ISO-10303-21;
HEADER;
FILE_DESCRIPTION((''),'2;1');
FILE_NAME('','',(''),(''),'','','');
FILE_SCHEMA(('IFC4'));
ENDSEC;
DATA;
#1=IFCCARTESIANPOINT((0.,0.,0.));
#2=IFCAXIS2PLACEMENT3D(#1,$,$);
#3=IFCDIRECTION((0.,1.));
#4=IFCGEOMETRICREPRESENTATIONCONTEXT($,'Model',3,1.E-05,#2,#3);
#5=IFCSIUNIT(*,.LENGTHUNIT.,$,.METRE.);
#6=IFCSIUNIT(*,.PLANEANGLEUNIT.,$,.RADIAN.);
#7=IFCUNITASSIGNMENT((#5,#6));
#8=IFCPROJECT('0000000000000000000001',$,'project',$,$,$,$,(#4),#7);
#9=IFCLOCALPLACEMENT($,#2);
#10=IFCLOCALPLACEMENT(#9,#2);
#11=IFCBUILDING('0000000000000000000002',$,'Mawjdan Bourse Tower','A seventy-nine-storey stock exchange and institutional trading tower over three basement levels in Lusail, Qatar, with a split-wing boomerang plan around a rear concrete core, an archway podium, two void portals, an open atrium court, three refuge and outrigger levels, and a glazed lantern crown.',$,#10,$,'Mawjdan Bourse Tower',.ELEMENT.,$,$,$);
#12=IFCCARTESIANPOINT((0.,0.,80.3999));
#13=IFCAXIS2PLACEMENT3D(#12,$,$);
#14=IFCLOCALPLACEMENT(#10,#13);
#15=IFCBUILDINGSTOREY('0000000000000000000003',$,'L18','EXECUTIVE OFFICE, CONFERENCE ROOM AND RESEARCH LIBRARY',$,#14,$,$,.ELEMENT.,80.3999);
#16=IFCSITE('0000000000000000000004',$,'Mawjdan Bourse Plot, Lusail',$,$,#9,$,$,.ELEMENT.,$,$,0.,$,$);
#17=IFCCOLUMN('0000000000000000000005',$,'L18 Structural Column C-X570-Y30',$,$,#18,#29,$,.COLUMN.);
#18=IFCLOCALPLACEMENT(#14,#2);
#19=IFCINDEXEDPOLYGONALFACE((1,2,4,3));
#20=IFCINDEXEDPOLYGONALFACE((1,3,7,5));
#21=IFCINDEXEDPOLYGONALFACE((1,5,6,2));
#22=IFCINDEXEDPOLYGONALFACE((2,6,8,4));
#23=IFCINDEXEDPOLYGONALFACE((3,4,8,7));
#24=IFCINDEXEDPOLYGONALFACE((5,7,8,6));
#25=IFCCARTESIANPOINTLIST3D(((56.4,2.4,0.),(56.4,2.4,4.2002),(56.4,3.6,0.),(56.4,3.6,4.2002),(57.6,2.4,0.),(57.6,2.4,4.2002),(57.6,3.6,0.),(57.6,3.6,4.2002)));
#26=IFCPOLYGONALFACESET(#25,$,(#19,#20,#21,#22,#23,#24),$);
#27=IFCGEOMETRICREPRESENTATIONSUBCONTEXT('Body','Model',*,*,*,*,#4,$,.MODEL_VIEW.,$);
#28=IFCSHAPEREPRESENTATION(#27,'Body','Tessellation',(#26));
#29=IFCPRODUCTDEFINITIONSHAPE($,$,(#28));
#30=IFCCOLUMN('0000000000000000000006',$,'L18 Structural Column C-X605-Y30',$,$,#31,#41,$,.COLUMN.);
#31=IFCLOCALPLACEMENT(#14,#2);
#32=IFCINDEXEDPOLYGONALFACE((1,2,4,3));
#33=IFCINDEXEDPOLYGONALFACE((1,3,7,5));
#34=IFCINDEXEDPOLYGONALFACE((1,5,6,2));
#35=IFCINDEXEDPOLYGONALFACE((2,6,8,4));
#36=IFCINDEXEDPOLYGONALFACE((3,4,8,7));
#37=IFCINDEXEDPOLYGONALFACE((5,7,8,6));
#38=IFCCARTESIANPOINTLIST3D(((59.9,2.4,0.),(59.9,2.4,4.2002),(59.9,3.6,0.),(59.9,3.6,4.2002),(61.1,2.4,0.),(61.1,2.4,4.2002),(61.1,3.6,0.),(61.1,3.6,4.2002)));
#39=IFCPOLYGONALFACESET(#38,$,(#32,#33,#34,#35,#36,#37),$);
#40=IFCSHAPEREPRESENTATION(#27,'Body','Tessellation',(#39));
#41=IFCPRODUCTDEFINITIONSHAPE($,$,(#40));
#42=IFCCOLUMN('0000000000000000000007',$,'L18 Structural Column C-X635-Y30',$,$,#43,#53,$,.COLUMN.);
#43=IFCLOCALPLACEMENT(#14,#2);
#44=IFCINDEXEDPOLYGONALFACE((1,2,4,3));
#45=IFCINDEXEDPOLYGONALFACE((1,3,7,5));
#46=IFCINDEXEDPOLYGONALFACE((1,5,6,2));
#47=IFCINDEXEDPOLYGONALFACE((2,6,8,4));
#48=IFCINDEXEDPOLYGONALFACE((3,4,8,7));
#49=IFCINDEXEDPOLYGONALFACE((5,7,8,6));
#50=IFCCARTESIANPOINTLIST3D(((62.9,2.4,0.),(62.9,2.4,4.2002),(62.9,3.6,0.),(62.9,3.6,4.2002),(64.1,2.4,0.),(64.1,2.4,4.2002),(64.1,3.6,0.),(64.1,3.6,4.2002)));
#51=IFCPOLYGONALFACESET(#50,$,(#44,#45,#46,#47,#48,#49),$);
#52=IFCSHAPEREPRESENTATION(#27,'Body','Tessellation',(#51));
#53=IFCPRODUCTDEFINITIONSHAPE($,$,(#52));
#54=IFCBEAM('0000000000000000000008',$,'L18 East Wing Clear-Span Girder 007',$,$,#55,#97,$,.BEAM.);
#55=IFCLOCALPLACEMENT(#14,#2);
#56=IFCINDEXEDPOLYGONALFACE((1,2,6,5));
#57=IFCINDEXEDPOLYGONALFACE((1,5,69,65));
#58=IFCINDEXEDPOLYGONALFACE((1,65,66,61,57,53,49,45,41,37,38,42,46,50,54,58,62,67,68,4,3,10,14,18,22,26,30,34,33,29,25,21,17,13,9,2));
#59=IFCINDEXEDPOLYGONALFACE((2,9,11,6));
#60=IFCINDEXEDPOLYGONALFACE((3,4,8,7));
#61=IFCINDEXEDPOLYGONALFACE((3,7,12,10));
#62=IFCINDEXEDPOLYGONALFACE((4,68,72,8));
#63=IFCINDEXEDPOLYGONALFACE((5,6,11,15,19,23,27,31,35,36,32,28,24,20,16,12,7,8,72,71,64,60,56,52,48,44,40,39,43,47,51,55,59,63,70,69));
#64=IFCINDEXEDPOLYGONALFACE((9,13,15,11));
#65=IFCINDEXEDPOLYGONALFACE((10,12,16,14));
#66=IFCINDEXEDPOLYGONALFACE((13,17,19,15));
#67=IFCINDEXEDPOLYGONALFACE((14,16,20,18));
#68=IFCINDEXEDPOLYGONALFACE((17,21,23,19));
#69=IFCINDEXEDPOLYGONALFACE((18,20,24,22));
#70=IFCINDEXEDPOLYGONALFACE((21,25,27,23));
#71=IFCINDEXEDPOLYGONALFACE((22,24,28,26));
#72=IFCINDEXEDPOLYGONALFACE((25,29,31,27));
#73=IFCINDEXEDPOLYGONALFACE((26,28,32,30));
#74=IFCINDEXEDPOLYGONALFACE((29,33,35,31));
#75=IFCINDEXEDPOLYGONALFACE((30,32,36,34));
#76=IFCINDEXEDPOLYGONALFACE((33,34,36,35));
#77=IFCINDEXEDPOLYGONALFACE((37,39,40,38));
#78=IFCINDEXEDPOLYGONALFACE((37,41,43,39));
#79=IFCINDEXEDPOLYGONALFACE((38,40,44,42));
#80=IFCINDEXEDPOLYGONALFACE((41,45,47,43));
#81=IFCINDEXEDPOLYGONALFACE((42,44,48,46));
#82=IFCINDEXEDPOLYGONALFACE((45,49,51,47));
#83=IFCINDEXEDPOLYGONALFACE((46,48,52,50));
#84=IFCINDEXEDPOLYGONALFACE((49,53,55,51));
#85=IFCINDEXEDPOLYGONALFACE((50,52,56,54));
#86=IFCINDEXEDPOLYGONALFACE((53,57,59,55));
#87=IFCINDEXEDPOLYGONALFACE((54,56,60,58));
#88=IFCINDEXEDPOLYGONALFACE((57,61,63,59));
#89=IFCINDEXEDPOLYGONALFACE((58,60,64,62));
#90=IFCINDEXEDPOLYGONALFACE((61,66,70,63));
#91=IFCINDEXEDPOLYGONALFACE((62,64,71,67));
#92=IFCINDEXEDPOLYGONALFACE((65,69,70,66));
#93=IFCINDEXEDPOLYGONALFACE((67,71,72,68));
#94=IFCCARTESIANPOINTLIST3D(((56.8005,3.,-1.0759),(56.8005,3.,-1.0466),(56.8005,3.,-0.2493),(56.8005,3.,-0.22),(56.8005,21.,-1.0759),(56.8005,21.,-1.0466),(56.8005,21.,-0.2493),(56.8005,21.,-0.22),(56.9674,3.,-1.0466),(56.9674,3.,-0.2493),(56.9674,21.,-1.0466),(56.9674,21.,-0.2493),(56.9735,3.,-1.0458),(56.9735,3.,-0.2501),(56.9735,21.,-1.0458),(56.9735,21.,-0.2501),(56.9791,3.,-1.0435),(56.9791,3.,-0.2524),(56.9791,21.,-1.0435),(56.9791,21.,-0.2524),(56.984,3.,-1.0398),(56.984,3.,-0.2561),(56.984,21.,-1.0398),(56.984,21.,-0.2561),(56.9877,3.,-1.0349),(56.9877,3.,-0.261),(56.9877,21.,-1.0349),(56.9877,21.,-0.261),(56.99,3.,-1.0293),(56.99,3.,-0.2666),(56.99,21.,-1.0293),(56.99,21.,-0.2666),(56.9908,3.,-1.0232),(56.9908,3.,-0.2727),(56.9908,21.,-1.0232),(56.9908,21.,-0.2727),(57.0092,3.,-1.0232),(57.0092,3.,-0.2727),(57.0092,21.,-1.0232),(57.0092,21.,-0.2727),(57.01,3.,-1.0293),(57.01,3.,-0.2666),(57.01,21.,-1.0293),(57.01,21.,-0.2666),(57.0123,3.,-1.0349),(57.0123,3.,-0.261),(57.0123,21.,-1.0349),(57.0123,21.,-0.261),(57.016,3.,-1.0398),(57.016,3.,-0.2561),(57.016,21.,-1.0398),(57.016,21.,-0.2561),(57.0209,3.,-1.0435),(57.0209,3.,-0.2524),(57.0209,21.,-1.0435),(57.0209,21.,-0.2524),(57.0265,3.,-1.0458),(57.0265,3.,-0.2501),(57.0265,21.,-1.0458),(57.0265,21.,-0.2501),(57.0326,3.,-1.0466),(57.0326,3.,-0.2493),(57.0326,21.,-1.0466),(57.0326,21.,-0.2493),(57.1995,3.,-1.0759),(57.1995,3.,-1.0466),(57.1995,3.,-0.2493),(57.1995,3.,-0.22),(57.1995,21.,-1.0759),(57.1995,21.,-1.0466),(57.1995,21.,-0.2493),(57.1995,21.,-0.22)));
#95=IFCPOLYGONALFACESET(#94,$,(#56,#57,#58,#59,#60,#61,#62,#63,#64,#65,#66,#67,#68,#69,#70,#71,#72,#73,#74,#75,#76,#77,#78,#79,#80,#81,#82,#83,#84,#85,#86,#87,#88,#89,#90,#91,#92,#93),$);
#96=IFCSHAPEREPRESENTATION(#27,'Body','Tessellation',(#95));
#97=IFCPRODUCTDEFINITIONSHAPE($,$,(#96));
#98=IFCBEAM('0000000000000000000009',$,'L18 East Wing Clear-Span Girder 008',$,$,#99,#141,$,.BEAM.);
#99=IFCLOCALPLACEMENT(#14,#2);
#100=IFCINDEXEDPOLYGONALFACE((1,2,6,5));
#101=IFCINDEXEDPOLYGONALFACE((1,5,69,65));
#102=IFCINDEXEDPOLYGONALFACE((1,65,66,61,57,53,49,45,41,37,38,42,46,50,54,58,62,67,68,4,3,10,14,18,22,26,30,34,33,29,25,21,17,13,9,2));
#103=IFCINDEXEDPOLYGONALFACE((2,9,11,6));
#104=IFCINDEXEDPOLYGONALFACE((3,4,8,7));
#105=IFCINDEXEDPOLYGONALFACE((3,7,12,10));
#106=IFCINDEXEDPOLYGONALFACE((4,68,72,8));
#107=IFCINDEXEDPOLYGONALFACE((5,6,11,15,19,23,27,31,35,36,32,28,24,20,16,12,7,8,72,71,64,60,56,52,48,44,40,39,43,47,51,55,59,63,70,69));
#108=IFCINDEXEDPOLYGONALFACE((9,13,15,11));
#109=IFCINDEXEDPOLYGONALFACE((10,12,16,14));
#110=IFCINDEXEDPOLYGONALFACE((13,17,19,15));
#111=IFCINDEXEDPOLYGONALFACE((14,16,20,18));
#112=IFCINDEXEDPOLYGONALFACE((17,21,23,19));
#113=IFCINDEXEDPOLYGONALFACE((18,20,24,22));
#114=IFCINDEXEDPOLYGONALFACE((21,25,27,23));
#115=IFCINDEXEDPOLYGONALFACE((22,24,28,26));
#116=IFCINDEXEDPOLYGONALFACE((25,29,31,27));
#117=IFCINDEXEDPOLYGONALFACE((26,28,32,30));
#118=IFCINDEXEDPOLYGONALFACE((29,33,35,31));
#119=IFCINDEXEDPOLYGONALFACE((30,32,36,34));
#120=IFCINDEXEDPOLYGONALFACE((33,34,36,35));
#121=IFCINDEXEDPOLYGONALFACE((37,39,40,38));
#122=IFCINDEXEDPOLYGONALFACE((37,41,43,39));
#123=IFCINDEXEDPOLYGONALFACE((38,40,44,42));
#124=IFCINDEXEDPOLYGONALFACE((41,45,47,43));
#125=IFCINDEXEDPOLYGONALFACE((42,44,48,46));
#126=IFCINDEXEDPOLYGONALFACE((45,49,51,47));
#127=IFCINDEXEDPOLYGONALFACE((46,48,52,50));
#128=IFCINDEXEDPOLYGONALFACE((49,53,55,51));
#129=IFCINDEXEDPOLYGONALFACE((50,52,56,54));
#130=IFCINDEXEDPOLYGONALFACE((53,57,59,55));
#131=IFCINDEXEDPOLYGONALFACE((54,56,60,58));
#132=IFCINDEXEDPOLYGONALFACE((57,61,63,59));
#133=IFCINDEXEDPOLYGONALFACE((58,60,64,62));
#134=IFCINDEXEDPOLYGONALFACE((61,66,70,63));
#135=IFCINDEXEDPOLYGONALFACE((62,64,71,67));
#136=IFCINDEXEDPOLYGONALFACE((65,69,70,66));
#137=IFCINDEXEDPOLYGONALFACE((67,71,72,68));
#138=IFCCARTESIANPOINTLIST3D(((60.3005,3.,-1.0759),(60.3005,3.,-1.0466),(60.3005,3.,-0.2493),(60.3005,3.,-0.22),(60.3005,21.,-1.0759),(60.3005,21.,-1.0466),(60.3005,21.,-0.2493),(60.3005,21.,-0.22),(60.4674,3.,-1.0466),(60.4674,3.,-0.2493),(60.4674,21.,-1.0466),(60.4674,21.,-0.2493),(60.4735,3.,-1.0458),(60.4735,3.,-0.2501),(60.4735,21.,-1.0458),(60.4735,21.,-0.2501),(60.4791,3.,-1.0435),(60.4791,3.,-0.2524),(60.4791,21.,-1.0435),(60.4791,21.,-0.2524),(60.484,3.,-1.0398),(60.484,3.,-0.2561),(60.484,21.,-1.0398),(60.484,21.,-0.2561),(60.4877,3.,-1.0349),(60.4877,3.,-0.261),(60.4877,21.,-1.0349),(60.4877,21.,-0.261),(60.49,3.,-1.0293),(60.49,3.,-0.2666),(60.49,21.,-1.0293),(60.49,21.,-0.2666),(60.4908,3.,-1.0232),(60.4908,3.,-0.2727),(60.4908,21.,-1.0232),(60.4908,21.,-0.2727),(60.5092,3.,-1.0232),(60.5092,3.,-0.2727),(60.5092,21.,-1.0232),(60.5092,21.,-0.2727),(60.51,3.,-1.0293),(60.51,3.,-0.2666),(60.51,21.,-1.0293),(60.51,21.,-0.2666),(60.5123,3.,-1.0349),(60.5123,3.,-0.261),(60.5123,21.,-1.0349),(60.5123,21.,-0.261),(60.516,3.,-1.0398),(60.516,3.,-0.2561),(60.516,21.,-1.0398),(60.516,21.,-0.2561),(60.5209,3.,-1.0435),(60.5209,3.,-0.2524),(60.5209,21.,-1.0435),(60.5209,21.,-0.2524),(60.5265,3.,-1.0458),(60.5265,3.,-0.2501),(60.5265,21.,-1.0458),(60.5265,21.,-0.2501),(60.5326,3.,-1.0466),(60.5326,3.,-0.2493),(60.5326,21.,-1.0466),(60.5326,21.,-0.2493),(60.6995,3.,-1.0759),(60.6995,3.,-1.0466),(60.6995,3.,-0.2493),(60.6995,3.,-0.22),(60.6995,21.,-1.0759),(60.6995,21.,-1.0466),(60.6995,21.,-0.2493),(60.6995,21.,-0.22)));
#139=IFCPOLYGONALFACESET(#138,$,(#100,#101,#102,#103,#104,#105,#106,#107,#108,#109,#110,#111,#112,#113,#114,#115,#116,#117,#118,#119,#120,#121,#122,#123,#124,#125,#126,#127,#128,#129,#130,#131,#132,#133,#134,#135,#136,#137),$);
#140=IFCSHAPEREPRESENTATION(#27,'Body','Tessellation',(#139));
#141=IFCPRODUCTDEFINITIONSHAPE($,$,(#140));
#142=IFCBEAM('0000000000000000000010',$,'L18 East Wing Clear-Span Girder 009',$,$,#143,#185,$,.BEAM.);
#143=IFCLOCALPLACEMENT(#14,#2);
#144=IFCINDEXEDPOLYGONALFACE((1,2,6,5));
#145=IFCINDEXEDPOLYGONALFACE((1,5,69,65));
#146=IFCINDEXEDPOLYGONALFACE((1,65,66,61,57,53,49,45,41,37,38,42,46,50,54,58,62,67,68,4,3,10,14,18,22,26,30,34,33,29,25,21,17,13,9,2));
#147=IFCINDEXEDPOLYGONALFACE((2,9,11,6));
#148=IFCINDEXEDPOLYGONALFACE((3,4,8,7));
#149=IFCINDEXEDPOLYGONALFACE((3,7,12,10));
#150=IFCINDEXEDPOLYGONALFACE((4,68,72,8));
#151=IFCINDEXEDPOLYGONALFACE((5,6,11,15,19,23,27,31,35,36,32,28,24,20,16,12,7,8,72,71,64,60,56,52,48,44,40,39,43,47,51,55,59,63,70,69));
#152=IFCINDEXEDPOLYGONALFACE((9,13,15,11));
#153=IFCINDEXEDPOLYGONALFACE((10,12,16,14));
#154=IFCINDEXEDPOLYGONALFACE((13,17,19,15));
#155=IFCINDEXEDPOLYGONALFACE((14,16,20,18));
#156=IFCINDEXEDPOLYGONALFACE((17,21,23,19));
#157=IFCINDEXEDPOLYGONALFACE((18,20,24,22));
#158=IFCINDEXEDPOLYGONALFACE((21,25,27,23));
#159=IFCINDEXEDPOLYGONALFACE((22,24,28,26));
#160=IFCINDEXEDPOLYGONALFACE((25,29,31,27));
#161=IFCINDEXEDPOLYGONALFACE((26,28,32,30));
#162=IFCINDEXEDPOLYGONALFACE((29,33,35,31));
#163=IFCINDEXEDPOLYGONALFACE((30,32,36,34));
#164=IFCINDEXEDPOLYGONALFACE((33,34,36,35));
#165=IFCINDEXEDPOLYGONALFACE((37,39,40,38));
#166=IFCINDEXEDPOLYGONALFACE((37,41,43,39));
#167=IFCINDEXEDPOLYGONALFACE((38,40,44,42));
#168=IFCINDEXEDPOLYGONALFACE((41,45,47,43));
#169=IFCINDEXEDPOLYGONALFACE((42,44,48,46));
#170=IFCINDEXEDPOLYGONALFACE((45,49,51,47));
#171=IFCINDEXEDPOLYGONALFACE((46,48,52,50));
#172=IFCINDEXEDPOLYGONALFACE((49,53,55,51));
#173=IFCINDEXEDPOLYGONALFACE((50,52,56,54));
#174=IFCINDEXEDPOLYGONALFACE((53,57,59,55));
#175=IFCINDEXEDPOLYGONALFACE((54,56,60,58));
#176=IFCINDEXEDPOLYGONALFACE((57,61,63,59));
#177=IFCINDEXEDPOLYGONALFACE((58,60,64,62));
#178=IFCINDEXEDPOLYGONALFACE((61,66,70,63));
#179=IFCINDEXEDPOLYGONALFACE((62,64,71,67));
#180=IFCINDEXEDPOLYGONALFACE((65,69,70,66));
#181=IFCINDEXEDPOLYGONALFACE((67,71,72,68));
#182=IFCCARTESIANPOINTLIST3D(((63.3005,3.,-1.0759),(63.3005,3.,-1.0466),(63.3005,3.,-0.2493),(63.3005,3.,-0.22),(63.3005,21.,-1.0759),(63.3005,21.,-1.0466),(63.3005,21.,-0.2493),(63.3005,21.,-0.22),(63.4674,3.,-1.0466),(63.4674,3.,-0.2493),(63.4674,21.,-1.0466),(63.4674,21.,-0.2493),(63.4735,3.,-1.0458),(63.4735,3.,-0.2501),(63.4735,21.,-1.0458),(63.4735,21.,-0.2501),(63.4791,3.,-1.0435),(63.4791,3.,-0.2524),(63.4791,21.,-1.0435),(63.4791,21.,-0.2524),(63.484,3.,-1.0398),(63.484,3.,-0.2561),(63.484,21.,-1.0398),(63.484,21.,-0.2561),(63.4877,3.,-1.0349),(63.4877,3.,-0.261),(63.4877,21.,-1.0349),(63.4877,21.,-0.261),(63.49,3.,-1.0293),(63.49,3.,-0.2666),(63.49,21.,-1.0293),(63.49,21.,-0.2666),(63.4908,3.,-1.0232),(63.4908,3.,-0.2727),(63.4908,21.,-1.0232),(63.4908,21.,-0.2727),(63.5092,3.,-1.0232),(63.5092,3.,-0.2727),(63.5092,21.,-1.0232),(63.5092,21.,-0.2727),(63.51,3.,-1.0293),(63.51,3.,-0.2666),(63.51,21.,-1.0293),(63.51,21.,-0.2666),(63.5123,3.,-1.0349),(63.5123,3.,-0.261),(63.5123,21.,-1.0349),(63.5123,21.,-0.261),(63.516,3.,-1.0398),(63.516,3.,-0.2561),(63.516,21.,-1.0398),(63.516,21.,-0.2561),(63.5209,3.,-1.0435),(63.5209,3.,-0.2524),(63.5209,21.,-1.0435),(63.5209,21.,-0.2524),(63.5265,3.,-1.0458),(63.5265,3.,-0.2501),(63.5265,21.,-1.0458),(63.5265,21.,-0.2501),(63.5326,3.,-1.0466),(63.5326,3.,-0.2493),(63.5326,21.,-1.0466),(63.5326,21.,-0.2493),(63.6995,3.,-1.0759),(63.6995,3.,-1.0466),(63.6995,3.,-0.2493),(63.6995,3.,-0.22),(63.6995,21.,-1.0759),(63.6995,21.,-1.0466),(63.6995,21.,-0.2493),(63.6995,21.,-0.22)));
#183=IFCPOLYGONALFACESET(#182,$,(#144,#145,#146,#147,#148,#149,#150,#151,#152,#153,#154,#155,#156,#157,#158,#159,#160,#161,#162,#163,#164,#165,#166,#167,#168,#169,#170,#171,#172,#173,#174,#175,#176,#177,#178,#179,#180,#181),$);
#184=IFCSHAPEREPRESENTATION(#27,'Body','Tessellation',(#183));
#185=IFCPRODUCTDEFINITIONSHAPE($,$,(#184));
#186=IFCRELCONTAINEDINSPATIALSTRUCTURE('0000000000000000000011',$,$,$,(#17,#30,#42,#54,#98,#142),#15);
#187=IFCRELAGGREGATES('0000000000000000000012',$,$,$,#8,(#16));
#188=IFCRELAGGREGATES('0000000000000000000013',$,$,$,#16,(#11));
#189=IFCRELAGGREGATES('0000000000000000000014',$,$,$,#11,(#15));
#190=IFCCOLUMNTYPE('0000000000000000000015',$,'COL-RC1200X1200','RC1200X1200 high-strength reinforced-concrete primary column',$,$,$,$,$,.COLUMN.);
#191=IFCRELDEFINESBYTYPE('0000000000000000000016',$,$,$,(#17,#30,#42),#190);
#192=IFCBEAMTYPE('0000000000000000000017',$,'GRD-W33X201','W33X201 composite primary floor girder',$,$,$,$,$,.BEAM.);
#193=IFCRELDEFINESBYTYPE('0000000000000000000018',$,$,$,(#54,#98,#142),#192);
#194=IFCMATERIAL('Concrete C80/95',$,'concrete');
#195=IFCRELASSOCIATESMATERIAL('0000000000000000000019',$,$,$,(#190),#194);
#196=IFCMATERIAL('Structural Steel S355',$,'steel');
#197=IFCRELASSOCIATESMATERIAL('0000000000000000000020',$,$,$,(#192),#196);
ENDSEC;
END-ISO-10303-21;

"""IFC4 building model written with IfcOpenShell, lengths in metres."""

from ifc_helpers import new_model, si_unit, direction, frame, origin, origin_2d, place, context, subcontext, project, spatial, rectangle, i_section, extrude, material, material_profile, profile_set, type_object, element, save


model = new_model("IFC4")

# Units and contexts
model_context = context("Model", 3, precision=1e-05, world=origin(), true_north=direction((0.0, 1.0)))
body_context = subcontext(model_context, "Body", "Model", "MODEL_VIEW")
ifc_project = project(units=[si_unit("LENGTHUNIT", "METRE"), si_unit("PLANEANGLEUNIT", "RADIAN")], contexts=[model_context])

# Site, building, storey
site_placement = place(None, origin())
site = spatial("IfcSite", under=ifc_project, at=site_placement, Name="Mawjdan Bourse Plot, Lusail", CompositionType="ELEMENT", RefElevation=0.0)
building_placement = place(site_placement, origin())
building = spatial("IfcBuilding", under=site, at=building_placement, Name="Mawjdan Bourse Tower", Description="A seventy-nine-storey stock exchange and institutional trading tower over three basement levels in Lusail, Qatar, with a split-wing boomerang plan around a rear concrete core, an archway podium, two void portals, an open atrium court, three refuge and outrigger levels, and a glazed lantern crown.", LongName="Mawjdan Bourse Tower", CompositionType="ELEMENT")
storey_placement = place(building_placement, frame((0.0, 0.0, 80.3999)))
storey = spatial("IfcBuildingStorey", under=building, at=storey_placement, Name="L18", Description="EXECUTIVE OFFICE, CONFERENCE ROOM AND RESEARCH LIBRARY", CompositionType="ELEMENT", Elevation=80.3999)

# Columns
ifc_material_1 = material(Name="Concrete C80/95", Category="concrete")
ifc_material_profile_1 = material_profile(ifc_material_1, rectangle(XDim=1.2, YDim=1.2, at=origin_2d()), Name="RC1200X1200")
ifc_profile_set_1 = profile_set([ifc_material_profile_1], Name="Concrete C80/95")
column_type = type_object("IfcColumnType", Name="COL-RC1200X1200", Description="RC1200X1200 high-strength reinforced-concrete primary column", PredefinedType="COLUMN", material=ifc_profile_set_1)
for number, where, z_axis, x_axis, name in (
    (1, (57.0, 3.0, 0.0), (0.0, 0.0, 1.0), (1.0, 0.0, 0.0), "L18 Structural Column C-X570-Y30"),
    (2, (60.5, 3.0, 0.0), (0.0, 0.0, 1.0), (1.0, 0.0, 0.0), "L18 Structural Column C-X605-Y30"),
    (3, (63.5, 3.0, 0.0), (0.0, 0.0, 1.0), (1.0, 0.0, 0.0), "L18 Structural Column C-X635-Y30"),
):
    element("IfcColumn", number, at=place(storey_placement, frame(where, z_axis=z_axis, x_axis=x_axis)), inside=storey, type_object=column_type, Name=name, PredefinedType="COLUMN", context=body_context, shape_type="SweptSolid", body=[
        extrude(rectangle(XDim=1.2, YDim=1.2, at=origin_2d()), origin(), (0.0, 0.0, 1.0), 4.2002),
    ])

# Beams
ifc_material_2 = material(Name="Structural Steel S355", Category="steel")
ifc_material_profile_2 = material_profile(ifc_material_2, i_section(OverallWidth=0.3989, OverallDepth=0.856, WebThickness=0.0183, FlangeThickness=0.0293, FilletRadius=0.0234, at=origin_2d()), Name="W33X201")
ifc_profile_set_2 = profile_set([ifc_material_profile_2], Name="Structural Steel S355")
beam_type_1 = type_object("IfcBeamType", Name="GRD-W33X201", Description="W33X201 composite primary floor girder", PredefinedType="BEAM", material=ifc_profile_set_2)
for number, where, z_axis, x_axis, name in (
    (4, (57.0, 3.0, -0.6479), (0.0, 1.0, 0.0), (-1.0, 0.0, 0.0), "L18 East Wing Clear-Span Girder 007"),
    (5, (60.5, 3.0, -0.6479), (0.0, 1.0, 0.0), (-1.0, 0.0, 0.0), "L18 East Wing Clear-Span Girder 008"),
    (6, (63.5, 3.0, -0.6479), (0.0, 1.0, 0.0), (-1.0, 0.0, 0.0), "L18 East Wing Clear-Span Girder 009"),
):
    element("IfcBeam", number, at=place(storey_placement, frame(where, z_axis=z_axis, x_axis=x_axis)), inside=storey, type_object=beam_type_1, Name=name, PredefinedType="BEAM", context=body_context, shape_type="SweptSolid", body=[
        extrude(i_section(OverallWidth=0.3989, OverallDepth=0.856, WebThickness=0.0183, FlangeThickness=0.0293, FilletRadius=0.0234, at=origin_2d()), origin(), (0.0, 0.0, 1.0), 18.0),
    ])

save(model, "model.ifc")
